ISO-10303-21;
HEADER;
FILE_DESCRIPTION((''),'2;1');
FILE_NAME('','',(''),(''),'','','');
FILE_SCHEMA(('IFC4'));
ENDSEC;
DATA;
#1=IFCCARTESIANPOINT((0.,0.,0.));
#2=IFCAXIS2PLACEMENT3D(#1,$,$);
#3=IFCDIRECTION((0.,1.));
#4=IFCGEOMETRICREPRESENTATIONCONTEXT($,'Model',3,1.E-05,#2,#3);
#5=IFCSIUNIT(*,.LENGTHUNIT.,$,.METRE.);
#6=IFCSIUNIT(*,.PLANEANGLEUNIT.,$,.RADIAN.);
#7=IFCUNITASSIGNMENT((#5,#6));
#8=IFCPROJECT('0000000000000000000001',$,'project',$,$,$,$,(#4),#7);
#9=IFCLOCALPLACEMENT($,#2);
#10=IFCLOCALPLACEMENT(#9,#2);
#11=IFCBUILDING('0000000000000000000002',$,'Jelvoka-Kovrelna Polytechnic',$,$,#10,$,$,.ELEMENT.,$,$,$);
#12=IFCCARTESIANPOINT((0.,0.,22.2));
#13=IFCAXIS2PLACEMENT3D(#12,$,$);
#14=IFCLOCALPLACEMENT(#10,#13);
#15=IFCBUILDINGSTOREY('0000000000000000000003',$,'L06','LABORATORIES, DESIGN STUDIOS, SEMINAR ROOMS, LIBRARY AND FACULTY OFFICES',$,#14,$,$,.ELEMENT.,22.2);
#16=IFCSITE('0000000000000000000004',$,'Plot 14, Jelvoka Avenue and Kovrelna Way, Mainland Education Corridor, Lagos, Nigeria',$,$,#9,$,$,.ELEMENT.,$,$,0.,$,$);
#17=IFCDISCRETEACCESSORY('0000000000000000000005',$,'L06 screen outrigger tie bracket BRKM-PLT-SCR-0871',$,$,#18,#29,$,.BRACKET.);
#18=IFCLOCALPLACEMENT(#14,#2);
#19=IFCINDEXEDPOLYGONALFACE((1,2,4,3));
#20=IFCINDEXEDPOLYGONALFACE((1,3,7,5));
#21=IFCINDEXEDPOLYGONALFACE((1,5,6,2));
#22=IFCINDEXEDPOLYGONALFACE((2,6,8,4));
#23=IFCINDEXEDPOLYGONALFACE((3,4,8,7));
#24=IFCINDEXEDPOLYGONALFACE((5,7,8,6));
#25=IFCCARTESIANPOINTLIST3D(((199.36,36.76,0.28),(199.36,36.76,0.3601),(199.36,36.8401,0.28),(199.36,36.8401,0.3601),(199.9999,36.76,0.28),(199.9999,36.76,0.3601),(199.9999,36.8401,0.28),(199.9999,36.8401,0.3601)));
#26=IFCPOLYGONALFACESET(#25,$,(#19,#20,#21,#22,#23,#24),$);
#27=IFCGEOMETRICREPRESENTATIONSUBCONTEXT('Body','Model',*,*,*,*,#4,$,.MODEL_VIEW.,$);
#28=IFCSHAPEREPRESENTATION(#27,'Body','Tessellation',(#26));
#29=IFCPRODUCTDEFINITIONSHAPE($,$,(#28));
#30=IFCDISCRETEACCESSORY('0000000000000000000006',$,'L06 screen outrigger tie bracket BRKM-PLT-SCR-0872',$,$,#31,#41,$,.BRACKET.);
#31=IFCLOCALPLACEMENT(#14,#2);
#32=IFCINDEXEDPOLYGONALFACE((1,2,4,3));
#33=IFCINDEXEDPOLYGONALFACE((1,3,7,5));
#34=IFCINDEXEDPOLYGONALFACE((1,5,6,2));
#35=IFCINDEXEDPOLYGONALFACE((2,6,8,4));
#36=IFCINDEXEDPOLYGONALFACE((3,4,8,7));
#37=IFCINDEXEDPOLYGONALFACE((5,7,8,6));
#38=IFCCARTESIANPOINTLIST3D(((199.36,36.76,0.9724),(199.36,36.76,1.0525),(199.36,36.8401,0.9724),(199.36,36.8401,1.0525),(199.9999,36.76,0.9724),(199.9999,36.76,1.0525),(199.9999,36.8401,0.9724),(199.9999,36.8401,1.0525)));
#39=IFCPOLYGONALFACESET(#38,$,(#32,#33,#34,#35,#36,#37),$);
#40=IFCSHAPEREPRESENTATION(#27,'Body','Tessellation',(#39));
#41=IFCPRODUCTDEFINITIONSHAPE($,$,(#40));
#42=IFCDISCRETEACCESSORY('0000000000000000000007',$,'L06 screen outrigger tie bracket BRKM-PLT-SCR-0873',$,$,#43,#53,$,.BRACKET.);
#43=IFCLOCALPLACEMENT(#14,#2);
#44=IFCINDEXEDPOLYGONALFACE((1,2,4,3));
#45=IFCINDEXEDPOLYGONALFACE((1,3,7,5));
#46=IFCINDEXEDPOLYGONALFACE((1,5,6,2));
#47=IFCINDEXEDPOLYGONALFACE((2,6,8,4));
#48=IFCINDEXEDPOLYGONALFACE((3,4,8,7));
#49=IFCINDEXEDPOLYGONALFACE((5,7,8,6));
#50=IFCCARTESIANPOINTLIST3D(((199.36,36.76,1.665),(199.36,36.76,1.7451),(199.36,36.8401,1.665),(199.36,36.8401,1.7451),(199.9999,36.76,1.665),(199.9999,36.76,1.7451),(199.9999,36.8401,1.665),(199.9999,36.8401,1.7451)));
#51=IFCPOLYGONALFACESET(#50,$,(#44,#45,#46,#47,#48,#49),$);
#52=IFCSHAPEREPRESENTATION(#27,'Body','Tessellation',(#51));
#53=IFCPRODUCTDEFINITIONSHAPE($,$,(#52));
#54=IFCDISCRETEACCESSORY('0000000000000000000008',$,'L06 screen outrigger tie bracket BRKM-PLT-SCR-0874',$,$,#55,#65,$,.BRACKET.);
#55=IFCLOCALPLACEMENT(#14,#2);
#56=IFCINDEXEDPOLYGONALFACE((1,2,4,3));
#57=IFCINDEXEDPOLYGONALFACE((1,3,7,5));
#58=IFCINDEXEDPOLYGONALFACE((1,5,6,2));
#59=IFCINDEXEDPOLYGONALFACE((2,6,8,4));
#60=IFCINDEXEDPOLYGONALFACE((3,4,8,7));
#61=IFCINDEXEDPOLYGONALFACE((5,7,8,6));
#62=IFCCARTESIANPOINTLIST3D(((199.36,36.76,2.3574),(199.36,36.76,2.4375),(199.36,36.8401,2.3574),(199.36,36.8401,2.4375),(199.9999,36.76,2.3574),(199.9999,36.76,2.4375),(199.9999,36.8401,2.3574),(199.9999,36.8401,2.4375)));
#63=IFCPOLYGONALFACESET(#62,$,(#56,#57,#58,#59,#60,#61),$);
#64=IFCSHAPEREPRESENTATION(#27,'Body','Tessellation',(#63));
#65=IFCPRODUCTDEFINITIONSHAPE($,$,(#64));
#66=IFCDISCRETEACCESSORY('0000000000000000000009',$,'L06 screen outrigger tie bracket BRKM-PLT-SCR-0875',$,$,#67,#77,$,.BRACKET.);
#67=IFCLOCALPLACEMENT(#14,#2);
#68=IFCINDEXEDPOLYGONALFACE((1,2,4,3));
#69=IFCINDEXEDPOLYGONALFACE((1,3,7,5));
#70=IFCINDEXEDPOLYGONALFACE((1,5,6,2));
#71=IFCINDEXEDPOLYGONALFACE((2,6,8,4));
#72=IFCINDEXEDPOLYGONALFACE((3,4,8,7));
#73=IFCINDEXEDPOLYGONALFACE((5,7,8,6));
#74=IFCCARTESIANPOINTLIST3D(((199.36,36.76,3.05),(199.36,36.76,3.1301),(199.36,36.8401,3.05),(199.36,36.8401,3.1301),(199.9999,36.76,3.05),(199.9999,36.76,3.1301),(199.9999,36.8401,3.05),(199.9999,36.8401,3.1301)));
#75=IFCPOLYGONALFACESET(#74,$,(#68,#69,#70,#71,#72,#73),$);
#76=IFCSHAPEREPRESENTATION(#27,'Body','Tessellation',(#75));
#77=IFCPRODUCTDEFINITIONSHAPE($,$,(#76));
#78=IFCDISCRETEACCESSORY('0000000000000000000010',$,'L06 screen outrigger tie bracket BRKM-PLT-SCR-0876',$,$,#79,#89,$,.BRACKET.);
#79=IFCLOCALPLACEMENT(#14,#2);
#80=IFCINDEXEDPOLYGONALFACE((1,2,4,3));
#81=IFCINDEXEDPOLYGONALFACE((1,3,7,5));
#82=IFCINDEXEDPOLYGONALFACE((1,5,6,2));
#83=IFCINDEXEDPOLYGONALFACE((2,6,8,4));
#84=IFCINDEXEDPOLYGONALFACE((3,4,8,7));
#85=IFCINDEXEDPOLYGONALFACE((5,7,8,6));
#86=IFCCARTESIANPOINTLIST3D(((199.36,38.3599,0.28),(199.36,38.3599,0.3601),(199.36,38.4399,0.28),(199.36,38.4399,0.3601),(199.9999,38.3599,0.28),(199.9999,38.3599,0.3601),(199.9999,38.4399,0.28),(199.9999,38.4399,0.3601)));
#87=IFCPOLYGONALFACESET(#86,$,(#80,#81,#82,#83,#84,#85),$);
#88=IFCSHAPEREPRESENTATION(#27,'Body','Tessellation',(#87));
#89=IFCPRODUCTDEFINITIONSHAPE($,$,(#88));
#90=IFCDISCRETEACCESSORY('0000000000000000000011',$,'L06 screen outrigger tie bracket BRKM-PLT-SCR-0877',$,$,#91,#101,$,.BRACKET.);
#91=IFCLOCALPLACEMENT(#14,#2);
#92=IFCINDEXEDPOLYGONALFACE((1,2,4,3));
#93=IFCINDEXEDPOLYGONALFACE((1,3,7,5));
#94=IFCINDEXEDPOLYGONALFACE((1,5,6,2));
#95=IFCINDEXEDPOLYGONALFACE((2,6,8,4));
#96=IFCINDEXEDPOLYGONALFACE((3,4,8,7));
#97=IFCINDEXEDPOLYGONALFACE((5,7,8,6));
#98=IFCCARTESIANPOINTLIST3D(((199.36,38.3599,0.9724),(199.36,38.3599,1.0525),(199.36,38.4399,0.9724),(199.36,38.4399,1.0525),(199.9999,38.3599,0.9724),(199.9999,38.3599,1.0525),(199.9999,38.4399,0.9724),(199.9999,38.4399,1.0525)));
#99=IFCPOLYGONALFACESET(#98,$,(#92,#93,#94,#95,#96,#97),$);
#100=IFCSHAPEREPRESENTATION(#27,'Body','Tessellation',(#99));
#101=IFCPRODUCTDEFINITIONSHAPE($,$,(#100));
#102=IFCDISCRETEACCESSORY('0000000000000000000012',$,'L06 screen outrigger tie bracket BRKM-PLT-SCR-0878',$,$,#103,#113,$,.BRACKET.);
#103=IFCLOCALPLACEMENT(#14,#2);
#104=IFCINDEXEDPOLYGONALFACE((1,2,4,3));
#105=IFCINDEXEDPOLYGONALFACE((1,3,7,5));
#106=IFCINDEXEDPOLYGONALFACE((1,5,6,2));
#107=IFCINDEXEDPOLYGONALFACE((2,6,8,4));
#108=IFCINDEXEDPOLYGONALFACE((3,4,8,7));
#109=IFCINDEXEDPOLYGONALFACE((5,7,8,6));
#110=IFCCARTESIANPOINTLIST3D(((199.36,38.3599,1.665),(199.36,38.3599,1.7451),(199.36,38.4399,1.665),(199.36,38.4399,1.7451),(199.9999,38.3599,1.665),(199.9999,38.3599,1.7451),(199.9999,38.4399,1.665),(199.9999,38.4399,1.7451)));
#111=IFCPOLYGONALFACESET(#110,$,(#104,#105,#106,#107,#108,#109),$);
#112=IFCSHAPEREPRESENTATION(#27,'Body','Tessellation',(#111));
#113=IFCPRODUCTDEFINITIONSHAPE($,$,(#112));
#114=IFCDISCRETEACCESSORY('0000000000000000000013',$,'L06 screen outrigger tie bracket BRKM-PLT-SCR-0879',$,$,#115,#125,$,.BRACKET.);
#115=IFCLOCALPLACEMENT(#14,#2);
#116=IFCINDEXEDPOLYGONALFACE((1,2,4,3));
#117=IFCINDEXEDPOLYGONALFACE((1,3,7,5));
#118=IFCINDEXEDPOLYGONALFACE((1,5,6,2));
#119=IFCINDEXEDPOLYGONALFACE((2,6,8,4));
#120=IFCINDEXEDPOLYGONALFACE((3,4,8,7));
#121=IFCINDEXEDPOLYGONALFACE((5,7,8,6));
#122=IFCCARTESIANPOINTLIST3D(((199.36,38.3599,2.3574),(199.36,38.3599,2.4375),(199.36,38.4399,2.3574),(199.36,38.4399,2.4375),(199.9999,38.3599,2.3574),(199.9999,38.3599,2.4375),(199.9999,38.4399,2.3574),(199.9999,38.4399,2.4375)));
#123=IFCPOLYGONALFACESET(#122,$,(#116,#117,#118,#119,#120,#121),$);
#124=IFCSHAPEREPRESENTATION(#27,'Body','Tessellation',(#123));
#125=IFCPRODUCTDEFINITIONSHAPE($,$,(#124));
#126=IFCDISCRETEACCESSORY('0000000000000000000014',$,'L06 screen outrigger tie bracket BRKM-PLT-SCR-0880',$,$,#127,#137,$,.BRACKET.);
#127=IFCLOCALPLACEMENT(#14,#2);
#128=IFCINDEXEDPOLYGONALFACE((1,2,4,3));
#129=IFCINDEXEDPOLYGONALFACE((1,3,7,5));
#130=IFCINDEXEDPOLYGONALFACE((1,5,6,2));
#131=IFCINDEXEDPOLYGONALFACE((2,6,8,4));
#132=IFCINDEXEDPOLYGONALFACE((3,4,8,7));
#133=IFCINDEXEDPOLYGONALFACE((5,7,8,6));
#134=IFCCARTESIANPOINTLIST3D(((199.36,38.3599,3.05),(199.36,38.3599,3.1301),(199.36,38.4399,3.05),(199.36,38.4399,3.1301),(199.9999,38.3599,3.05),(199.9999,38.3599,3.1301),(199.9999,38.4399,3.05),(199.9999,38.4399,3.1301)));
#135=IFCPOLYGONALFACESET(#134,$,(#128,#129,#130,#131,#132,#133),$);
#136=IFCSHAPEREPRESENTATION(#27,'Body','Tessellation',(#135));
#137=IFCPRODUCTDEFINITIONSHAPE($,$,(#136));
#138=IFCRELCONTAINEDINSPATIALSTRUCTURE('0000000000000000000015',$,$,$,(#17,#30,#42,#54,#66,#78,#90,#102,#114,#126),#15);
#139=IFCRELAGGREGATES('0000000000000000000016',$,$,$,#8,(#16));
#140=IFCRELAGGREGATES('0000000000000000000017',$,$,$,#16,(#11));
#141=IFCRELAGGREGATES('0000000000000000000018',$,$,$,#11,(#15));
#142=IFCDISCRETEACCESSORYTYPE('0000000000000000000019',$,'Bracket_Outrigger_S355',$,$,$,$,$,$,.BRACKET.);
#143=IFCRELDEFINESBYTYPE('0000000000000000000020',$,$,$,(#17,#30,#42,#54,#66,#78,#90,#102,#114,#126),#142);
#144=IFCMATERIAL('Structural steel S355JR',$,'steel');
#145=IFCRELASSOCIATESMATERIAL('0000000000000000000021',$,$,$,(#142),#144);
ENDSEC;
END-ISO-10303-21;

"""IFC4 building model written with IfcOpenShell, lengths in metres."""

from ifc_helpers import new_model, si_unit, direction, frame, origin, origin_2d, place, context, subcontext, project, spatial, rectangle, extrude, material, type_object, element, save


model = new_model("IFC4")

# Units and contexts
model_context = context("Model", 3, precision=1e-05, world=origin(), true_north=direction((0.0, 1.0)))
body_context = subcontext(model_context, "Body", "Model", "MODEL_VIEW")
ifc_project = project(units=[si_unit("LENGTHUNIT", "METRE"), si_unit("PLANEANGLEUNIT", "RADIAN")], contexts=[model_context])

# Site, building, storey
site_placement = place(None, origin())
site = spatial("IfcSite", under=ifc_project, at=site_placement, Name="Plot 14, Jelvoka Avenue and Kovrelna Way, Mainland Education Corridor, Lagos, Nigeria", CompositionType="ELEMENT", RefElevation=0.0)
building_placement = place(site_placement, origin())
building = spatial("IfcBuilding", under=site, at=building_placement, Name="Jelvoka-Kovrelna Polytechnic", CompositionType="ELEMENT")
storey_placement = place(building_placement, frame((0.0, 0.0, 22.2)))
storey = spatial("IfcBuildingStorey", under=building, at=storey_placement, Name="L06", Description="LABORATORIES, DESIGN STUDIOS, SEMINAR ROOMS, LIBRARY AND FACULTY OFFICES", CompositionType="ELEMENT", Elevation=22.2)

# Discrete accessories
ifc_material_1 = material(Name="Structural steel S355JR", Category="steel")
discrete_accessory_type = type_object("IfcDiscreteAccessoryType", Name="Bracket_Outrigger_S355", PredefinedType="BRACKET", material=ifc_material_1)
for number, where, z_axis, x_axis, name in (
    (1, (199.6799, 36.8, 0.28), (0.0, 0.0, 1.0), (1.0, 0.0, 0.0), "L06 screen outrigger tie bracket BRKM-PLT-SCR-0871"),
    (2, (199.6799, 36.8, 0.9724), (0.0, 0.0, 1.0), (1.0, 0.0, 0.0), "L06 screen outrigger tie bracket BRKM-PLT-SCR-0872"),
    (3, (199.6799, 36.8, 1.665), (0.0, 0.0, 1.0), (1.0, 0.0, 0.0), "L06 screen outrigger tie bracket BRKM-PLT-SCR-0873"),
    (4, (199.6799, 36.8, 2.3574), (0.0, 0.0, 1.0), (1.0, 0.0, 0.0), "L06 screen outrigger tie bracket BRKM-PLT-SCR-0874"),
    (5, (199.6799, 36.8, 3.05), (0.0, 0.0, 1.0), (1.0, 0.0, 0.0), "L06 screen outrigger tie bracket BRKM-PLT-SCR-0875"),
    (6, (199.6799, 38.3999, 0.28), (0.0, 0.0, 1.0), (1.0, 0.0, 0.0), "L06 screen outrigger tie bracket BRKM-PLT-SCR-0876"),
    (7, (199.6799, 38.3999, 0.9724), (0.0, 0.0, 1.0), (1.0, 0.0, 0.0), "L06 screen outrigger tie bracket BRKM-PLT-SCR-0877"),
    (8, (199.6799, 38.3999, 1.665), (0.0, 0.0, 1.0), (1.0, 0.0, 0.0), "L06 screen outrigger tie bracket BRKM-PLT-SCR-0878"),
    (9, (199.6799, 38.3999, 2.3574), (0.0, 0.0, 1.0), (1.0, 0.0, 0.0), "L06 screen outrigger tie bracket BRKM-PLT-SCR-0879"),
    (10, (199.6799, 38.3999, 3.05), (0.0, 0.0, 1.0), (1.0, 0.0, 0.0), "L06 screen outrigger tie bracket BRKM-PLT-SCR-0880"),
):
    element("IfcDiscreteAccessory", number, at=place(storey_placement, frame(where, z_axis=z_axis, x_axis=x_axis)), inside=storey, type_object=discrete_accessory_type, Name=name, PredefinedType="BRACKET", context=body_context, shape_type="SweptSolid", body=[
        extrude(rectangle(XDim=0.6399, YDim=0.0801, at=origin_2d()), origin(), (0.0, 0.0, 1.0), 0.0801),
    ])

save(model, "model.ifc")
